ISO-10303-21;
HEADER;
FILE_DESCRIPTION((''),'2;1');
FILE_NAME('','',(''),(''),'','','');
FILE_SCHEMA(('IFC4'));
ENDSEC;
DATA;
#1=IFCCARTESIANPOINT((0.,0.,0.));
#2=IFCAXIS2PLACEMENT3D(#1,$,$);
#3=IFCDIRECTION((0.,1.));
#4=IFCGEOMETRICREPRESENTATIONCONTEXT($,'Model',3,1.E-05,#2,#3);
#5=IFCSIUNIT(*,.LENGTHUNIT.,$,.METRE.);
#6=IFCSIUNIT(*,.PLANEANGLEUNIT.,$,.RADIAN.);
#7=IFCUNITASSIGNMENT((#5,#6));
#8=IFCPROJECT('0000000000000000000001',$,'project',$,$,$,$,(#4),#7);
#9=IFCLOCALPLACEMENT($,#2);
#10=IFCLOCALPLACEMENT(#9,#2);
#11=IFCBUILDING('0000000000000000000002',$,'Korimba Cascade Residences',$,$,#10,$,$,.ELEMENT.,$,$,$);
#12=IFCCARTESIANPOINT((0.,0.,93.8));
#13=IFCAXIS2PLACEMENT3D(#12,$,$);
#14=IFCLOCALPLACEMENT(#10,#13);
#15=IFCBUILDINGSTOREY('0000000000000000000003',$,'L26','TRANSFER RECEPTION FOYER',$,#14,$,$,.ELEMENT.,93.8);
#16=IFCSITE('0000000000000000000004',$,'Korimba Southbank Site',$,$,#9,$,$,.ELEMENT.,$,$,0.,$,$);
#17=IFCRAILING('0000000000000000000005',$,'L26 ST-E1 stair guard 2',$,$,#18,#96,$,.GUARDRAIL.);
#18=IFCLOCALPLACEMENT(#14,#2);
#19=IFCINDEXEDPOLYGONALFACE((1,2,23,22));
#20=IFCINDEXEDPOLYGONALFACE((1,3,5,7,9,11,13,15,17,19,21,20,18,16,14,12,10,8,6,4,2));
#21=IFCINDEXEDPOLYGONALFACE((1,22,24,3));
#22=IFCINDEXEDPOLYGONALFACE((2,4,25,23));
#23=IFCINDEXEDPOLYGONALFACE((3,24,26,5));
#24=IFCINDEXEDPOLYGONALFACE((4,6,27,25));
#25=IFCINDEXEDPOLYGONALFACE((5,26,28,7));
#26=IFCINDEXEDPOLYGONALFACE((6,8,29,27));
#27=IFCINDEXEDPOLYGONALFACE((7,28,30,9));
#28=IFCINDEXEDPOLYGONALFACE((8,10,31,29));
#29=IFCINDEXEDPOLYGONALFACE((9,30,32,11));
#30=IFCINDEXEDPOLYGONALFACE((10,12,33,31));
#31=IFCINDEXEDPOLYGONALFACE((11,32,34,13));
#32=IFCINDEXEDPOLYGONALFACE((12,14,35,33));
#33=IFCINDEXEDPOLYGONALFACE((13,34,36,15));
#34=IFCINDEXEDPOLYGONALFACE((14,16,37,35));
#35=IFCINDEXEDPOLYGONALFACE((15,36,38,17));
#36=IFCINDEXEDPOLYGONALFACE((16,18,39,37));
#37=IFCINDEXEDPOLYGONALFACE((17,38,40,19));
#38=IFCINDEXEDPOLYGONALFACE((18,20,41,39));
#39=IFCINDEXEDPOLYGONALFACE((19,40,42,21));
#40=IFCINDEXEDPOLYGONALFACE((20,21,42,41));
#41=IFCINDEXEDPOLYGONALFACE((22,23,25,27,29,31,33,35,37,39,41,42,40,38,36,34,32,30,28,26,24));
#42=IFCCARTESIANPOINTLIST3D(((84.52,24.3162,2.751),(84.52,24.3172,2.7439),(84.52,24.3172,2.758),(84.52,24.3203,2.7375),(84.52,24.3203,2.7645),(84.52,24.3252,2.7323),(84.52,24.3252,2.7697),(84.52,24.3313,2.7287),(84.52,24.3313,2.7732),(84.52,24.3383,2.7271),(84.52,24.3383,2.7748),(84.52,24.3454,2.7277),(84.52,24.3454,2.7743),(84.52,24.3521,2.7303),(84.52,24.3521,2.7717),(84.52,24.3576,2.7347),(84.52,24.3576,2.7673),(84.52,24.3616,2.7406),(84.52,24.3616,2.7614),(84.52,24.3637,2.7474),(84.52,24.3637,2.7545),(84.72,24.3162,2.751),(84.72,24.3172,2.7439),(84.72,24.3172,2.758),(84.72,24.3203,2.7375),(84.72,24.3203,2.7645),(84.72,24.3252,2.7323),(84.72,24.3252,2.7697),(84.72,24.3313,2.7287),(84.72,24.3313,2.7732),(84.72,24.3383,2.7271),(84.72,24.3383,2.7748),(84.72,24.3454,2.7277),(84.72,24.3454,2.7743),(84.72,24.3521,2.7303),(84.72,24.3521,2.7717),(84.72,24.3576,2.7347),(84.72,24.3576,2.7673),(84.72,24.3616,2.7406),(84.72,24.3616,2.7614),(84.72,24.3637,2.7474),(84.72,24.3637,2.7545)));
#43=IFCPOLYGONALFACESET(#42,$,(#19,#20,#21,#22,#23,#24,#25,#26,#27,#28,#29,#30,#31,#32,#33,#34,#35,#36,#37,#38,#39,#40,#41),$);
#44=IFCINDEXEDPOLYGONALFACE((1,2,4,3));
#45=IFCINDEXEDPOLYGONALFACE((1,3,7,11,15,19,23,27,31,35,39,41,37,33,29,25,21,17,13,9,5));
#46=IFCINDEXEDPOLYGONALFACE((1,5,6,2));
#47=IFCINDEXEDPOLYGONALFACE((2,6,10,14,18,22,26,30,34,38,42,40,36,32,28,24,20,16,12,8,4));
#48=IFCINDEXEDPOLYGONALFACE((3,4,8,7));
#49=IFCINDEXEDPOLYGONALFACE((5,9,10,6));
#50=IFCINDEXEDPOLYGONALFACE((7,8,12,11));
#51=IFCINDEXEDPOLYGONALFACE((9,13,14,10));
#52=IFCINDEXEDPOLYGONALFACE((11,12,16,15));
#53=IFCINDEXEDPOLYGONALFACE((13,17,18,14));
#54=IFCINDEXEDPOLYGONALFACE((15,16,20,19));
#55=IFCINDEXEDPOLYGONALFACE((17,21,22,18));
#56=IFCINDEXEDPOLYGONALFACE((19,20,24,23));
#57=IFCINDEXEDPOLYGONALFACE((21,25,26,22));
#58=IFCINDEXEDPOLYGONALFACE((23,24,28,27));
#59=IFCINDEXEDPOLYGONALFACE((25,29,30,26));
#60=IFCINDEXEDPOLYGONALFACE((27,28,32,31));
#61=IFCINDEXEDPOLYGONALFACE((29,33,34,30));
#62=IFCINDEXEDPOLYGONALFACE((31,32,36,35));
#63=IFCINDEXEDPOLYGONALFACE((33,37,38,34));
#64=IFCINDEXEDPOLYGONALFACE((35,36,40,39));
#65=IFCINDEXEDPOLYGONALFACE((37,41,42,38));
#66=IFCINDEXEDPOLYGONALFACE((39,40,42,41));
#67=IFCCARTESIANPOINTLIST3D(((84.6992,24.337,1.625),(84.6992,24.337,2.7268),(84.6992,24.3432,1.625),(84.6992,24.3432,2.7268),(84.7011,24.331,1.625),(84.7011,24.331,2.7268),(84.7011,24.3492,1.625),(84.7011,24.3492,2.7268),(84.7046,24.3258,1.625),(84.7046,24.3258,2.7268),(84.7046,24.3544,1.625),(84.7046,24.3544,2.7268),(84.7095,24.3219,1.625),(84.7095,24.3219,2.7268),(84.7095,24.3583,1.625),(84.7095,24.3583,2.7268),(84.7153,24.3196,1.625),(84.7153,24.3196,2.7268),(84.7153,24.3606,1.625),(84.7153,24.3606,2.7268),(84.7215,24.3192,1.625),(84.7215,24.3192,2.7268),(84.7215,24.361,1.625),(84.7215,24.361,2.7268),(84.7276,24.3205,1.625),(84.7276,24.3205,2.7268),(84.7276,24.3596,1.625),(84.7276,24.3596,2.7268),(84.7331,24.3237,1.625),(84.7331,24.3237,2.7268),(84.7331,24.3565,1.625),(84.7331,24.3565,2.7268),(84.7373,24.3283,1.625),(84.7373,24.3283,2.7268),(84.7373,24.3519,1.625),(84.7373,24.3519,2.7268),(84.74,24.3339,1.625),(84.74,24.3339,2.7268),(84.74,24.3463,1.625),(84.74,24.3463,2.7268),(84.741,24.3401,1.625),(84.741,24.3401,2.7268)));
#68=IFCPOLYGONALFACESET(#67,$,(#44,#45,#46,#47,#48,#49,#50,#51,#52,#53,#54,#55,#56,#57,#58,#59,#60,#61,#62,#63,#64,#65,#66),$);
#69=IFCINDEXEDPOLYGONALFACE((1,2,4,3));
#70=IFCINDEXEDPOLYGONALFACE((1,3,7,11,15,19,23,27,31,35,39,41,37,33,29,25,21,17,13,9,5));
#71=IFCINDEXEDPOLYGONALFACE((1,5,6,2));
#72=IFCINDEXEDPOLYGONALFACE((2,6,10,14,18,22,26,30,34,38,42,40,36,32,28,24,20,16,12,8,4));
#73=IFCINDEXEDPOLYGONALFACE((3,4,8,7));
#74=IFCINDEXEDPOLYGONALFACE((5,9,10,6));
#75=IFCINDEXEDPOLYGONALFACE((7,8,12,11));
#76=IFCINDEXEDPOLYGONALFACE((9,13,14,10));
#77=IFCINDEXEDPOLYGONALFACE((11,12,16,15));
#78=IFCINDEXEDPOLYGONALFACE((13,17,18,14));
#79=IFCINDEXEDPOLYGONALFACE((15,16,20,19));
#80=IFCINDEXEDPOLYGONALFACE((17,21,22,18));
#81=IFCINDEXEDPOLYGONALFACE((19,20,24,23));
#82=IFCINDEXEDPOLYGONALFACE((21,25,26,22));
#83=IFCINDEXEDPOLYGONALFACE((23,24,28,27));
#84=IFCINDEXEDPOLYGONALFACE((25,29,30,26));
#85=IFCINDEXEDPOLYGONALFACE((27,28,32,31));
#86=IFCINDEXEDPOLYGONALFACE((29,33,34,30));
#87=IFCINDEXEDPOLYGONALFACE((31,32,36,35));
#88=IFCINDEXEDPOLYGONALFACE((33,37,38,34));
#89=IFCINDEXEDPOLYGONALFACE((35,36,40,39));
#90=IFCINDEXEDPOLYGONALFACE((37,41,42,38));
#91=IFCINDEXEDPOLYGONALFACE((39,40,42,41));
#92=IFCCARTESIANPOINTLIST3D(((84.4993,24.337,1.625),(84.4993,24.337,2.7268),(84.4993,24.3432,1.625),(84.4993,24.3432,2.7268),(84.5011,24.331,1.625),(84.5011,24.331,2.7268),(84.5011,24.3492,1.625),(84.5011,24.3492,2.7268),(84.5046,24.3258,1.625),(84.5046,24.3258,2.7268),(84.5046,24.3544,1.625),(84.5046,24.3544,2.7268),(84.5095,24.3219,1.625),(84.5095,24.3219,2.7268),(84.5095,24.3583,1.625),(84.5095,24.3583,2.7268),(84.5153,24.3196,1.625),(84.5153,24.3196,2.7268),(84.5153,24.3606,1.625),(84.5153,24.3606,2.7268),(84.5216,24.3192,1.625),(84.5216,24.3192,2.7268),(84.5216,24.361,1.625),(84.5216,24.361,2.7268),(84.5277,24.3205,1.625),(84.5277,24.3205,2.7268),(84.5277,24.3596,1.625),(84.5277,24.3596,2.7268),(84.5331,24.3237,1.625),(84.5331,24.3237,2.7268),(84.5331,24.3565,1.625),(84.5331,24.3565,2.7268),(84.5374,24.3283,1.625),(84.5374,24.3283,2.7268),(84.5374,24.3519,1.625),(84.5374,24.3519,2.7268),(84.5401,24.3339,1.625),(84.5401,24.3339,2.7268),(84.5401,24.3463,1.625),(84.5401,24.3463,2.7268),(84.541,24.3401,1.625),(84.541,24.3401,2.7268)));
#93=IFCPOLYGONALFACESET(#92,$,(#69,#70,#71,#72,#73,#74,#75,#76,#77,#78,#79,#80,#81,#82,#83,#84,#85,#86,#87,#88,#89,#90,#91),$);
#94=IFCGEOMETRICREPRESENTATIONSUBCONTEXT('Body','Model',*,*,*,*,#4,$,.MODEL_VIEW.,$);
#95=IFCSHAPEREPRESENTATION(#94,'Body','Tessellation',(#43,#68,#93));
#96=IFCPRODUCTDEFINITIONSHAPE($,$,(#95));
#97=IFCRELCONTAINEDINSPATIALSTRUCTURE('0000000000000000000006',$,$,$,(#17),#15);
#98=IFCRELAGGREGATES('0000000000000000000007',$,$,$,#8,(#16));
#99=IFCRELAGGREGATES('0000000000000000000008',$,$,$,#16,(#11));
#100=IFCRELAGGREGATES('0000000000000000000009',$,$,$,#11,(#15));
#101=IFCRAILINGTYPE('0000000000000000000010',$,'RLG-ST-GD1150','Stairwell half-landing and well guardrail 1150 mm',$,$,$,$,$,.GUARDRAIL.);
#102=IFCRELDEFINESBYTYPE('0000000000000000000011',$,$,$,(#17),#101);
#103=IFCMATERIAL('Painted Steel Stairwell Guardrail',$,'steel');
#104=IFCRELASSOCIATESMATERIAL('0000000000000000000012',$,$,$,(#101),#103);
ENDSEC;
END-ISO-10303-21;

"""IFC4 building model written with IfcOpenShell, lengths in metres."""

from ifc_helpers import new_model, si_unit, direction, frame, origin, origin_2d, place, context, subcontext, project, spatial, circle, extrude, material, type_object, element, save


model = new_model("IFC4")

# Units and contexts
model_context = context("Model", 3, precision=1e-05, world=origin(), true_north=direction((0.0, 1.0)))
body_context = subcontext(model_context, "Body", "Model", "MODEL_VIEW")
ifc_project = project(units=[si_unit("LENGTHUNIT", "METRE"), si_unit("PLANEANGLEUNIT", "RADIAN")], contexts=[model_context])

# Site, building, storey
site_placement = place(None, origin())
site = spatial("IfcSite", under=ifc_project, at=site_placement, Name="Korimba Southbank Site", CompositionType="ELEMENT", RefElevation=0.0)
building_placement = place(site_placement, origin())
building = spatial("IfcBuilding", under=site, at=building_placement, Name="Korimba Cascade Residences", CompositionType="ELEMENT")
storey_placement = place(building_placement, frame((0.0, 0.0, 93.8)))
storey = spatial("IfcBuildingStorey", under=building, at=storey_placement, Name="L26", Description="TRANSFER RECEPTION FOYER", CompositionType="ELEMENT", Elevation=93.8)

# Railing
ifc_material_1 = material(Name="Painted Steel Stairwell Guardrail", Category="steel")
railing_type_1 = type_object("IfcRailingType", Name="RLG-ST-GD1150", Description="Stairwell half-landing and well guardrail 1150 mm", PredefinedType="GUARDRAIL", material=ifc_material_1)
railing_1_placement = place(storey_placement, frame((84.72, 24.3401, 1.625)))
element("IfcRailing", 1, at=railing_1_placement, inside=storey, type_object=railing_type_1, Name="L26 ST-E1 stair guard 2", PredefinedType="GUARDRAIL", context=body_context, shape_type="SweptSolid", body=[
    extrude(circle(Radius=0.0239, at=origin_2d()), frame((0.0, 0.0, 1.126), z_axis=(-1.0, 0.0, 0.0), x_axis=(0.0, -1.0, 0.0)), (0.0, 0.0, 1.0), 0.2),
    extrude(circle(Radius=0.021, at=origin_2d()), origin(), (0.0, 0.0, 1.0), 1.1018),
    extrude(circle(Radius=0.021, at=origin_2d()), frame((-0.2, 0.0, 0.0)), (0.0, 0.0, 1.0), 1.1018),
])

save(model, "model.ifc")
